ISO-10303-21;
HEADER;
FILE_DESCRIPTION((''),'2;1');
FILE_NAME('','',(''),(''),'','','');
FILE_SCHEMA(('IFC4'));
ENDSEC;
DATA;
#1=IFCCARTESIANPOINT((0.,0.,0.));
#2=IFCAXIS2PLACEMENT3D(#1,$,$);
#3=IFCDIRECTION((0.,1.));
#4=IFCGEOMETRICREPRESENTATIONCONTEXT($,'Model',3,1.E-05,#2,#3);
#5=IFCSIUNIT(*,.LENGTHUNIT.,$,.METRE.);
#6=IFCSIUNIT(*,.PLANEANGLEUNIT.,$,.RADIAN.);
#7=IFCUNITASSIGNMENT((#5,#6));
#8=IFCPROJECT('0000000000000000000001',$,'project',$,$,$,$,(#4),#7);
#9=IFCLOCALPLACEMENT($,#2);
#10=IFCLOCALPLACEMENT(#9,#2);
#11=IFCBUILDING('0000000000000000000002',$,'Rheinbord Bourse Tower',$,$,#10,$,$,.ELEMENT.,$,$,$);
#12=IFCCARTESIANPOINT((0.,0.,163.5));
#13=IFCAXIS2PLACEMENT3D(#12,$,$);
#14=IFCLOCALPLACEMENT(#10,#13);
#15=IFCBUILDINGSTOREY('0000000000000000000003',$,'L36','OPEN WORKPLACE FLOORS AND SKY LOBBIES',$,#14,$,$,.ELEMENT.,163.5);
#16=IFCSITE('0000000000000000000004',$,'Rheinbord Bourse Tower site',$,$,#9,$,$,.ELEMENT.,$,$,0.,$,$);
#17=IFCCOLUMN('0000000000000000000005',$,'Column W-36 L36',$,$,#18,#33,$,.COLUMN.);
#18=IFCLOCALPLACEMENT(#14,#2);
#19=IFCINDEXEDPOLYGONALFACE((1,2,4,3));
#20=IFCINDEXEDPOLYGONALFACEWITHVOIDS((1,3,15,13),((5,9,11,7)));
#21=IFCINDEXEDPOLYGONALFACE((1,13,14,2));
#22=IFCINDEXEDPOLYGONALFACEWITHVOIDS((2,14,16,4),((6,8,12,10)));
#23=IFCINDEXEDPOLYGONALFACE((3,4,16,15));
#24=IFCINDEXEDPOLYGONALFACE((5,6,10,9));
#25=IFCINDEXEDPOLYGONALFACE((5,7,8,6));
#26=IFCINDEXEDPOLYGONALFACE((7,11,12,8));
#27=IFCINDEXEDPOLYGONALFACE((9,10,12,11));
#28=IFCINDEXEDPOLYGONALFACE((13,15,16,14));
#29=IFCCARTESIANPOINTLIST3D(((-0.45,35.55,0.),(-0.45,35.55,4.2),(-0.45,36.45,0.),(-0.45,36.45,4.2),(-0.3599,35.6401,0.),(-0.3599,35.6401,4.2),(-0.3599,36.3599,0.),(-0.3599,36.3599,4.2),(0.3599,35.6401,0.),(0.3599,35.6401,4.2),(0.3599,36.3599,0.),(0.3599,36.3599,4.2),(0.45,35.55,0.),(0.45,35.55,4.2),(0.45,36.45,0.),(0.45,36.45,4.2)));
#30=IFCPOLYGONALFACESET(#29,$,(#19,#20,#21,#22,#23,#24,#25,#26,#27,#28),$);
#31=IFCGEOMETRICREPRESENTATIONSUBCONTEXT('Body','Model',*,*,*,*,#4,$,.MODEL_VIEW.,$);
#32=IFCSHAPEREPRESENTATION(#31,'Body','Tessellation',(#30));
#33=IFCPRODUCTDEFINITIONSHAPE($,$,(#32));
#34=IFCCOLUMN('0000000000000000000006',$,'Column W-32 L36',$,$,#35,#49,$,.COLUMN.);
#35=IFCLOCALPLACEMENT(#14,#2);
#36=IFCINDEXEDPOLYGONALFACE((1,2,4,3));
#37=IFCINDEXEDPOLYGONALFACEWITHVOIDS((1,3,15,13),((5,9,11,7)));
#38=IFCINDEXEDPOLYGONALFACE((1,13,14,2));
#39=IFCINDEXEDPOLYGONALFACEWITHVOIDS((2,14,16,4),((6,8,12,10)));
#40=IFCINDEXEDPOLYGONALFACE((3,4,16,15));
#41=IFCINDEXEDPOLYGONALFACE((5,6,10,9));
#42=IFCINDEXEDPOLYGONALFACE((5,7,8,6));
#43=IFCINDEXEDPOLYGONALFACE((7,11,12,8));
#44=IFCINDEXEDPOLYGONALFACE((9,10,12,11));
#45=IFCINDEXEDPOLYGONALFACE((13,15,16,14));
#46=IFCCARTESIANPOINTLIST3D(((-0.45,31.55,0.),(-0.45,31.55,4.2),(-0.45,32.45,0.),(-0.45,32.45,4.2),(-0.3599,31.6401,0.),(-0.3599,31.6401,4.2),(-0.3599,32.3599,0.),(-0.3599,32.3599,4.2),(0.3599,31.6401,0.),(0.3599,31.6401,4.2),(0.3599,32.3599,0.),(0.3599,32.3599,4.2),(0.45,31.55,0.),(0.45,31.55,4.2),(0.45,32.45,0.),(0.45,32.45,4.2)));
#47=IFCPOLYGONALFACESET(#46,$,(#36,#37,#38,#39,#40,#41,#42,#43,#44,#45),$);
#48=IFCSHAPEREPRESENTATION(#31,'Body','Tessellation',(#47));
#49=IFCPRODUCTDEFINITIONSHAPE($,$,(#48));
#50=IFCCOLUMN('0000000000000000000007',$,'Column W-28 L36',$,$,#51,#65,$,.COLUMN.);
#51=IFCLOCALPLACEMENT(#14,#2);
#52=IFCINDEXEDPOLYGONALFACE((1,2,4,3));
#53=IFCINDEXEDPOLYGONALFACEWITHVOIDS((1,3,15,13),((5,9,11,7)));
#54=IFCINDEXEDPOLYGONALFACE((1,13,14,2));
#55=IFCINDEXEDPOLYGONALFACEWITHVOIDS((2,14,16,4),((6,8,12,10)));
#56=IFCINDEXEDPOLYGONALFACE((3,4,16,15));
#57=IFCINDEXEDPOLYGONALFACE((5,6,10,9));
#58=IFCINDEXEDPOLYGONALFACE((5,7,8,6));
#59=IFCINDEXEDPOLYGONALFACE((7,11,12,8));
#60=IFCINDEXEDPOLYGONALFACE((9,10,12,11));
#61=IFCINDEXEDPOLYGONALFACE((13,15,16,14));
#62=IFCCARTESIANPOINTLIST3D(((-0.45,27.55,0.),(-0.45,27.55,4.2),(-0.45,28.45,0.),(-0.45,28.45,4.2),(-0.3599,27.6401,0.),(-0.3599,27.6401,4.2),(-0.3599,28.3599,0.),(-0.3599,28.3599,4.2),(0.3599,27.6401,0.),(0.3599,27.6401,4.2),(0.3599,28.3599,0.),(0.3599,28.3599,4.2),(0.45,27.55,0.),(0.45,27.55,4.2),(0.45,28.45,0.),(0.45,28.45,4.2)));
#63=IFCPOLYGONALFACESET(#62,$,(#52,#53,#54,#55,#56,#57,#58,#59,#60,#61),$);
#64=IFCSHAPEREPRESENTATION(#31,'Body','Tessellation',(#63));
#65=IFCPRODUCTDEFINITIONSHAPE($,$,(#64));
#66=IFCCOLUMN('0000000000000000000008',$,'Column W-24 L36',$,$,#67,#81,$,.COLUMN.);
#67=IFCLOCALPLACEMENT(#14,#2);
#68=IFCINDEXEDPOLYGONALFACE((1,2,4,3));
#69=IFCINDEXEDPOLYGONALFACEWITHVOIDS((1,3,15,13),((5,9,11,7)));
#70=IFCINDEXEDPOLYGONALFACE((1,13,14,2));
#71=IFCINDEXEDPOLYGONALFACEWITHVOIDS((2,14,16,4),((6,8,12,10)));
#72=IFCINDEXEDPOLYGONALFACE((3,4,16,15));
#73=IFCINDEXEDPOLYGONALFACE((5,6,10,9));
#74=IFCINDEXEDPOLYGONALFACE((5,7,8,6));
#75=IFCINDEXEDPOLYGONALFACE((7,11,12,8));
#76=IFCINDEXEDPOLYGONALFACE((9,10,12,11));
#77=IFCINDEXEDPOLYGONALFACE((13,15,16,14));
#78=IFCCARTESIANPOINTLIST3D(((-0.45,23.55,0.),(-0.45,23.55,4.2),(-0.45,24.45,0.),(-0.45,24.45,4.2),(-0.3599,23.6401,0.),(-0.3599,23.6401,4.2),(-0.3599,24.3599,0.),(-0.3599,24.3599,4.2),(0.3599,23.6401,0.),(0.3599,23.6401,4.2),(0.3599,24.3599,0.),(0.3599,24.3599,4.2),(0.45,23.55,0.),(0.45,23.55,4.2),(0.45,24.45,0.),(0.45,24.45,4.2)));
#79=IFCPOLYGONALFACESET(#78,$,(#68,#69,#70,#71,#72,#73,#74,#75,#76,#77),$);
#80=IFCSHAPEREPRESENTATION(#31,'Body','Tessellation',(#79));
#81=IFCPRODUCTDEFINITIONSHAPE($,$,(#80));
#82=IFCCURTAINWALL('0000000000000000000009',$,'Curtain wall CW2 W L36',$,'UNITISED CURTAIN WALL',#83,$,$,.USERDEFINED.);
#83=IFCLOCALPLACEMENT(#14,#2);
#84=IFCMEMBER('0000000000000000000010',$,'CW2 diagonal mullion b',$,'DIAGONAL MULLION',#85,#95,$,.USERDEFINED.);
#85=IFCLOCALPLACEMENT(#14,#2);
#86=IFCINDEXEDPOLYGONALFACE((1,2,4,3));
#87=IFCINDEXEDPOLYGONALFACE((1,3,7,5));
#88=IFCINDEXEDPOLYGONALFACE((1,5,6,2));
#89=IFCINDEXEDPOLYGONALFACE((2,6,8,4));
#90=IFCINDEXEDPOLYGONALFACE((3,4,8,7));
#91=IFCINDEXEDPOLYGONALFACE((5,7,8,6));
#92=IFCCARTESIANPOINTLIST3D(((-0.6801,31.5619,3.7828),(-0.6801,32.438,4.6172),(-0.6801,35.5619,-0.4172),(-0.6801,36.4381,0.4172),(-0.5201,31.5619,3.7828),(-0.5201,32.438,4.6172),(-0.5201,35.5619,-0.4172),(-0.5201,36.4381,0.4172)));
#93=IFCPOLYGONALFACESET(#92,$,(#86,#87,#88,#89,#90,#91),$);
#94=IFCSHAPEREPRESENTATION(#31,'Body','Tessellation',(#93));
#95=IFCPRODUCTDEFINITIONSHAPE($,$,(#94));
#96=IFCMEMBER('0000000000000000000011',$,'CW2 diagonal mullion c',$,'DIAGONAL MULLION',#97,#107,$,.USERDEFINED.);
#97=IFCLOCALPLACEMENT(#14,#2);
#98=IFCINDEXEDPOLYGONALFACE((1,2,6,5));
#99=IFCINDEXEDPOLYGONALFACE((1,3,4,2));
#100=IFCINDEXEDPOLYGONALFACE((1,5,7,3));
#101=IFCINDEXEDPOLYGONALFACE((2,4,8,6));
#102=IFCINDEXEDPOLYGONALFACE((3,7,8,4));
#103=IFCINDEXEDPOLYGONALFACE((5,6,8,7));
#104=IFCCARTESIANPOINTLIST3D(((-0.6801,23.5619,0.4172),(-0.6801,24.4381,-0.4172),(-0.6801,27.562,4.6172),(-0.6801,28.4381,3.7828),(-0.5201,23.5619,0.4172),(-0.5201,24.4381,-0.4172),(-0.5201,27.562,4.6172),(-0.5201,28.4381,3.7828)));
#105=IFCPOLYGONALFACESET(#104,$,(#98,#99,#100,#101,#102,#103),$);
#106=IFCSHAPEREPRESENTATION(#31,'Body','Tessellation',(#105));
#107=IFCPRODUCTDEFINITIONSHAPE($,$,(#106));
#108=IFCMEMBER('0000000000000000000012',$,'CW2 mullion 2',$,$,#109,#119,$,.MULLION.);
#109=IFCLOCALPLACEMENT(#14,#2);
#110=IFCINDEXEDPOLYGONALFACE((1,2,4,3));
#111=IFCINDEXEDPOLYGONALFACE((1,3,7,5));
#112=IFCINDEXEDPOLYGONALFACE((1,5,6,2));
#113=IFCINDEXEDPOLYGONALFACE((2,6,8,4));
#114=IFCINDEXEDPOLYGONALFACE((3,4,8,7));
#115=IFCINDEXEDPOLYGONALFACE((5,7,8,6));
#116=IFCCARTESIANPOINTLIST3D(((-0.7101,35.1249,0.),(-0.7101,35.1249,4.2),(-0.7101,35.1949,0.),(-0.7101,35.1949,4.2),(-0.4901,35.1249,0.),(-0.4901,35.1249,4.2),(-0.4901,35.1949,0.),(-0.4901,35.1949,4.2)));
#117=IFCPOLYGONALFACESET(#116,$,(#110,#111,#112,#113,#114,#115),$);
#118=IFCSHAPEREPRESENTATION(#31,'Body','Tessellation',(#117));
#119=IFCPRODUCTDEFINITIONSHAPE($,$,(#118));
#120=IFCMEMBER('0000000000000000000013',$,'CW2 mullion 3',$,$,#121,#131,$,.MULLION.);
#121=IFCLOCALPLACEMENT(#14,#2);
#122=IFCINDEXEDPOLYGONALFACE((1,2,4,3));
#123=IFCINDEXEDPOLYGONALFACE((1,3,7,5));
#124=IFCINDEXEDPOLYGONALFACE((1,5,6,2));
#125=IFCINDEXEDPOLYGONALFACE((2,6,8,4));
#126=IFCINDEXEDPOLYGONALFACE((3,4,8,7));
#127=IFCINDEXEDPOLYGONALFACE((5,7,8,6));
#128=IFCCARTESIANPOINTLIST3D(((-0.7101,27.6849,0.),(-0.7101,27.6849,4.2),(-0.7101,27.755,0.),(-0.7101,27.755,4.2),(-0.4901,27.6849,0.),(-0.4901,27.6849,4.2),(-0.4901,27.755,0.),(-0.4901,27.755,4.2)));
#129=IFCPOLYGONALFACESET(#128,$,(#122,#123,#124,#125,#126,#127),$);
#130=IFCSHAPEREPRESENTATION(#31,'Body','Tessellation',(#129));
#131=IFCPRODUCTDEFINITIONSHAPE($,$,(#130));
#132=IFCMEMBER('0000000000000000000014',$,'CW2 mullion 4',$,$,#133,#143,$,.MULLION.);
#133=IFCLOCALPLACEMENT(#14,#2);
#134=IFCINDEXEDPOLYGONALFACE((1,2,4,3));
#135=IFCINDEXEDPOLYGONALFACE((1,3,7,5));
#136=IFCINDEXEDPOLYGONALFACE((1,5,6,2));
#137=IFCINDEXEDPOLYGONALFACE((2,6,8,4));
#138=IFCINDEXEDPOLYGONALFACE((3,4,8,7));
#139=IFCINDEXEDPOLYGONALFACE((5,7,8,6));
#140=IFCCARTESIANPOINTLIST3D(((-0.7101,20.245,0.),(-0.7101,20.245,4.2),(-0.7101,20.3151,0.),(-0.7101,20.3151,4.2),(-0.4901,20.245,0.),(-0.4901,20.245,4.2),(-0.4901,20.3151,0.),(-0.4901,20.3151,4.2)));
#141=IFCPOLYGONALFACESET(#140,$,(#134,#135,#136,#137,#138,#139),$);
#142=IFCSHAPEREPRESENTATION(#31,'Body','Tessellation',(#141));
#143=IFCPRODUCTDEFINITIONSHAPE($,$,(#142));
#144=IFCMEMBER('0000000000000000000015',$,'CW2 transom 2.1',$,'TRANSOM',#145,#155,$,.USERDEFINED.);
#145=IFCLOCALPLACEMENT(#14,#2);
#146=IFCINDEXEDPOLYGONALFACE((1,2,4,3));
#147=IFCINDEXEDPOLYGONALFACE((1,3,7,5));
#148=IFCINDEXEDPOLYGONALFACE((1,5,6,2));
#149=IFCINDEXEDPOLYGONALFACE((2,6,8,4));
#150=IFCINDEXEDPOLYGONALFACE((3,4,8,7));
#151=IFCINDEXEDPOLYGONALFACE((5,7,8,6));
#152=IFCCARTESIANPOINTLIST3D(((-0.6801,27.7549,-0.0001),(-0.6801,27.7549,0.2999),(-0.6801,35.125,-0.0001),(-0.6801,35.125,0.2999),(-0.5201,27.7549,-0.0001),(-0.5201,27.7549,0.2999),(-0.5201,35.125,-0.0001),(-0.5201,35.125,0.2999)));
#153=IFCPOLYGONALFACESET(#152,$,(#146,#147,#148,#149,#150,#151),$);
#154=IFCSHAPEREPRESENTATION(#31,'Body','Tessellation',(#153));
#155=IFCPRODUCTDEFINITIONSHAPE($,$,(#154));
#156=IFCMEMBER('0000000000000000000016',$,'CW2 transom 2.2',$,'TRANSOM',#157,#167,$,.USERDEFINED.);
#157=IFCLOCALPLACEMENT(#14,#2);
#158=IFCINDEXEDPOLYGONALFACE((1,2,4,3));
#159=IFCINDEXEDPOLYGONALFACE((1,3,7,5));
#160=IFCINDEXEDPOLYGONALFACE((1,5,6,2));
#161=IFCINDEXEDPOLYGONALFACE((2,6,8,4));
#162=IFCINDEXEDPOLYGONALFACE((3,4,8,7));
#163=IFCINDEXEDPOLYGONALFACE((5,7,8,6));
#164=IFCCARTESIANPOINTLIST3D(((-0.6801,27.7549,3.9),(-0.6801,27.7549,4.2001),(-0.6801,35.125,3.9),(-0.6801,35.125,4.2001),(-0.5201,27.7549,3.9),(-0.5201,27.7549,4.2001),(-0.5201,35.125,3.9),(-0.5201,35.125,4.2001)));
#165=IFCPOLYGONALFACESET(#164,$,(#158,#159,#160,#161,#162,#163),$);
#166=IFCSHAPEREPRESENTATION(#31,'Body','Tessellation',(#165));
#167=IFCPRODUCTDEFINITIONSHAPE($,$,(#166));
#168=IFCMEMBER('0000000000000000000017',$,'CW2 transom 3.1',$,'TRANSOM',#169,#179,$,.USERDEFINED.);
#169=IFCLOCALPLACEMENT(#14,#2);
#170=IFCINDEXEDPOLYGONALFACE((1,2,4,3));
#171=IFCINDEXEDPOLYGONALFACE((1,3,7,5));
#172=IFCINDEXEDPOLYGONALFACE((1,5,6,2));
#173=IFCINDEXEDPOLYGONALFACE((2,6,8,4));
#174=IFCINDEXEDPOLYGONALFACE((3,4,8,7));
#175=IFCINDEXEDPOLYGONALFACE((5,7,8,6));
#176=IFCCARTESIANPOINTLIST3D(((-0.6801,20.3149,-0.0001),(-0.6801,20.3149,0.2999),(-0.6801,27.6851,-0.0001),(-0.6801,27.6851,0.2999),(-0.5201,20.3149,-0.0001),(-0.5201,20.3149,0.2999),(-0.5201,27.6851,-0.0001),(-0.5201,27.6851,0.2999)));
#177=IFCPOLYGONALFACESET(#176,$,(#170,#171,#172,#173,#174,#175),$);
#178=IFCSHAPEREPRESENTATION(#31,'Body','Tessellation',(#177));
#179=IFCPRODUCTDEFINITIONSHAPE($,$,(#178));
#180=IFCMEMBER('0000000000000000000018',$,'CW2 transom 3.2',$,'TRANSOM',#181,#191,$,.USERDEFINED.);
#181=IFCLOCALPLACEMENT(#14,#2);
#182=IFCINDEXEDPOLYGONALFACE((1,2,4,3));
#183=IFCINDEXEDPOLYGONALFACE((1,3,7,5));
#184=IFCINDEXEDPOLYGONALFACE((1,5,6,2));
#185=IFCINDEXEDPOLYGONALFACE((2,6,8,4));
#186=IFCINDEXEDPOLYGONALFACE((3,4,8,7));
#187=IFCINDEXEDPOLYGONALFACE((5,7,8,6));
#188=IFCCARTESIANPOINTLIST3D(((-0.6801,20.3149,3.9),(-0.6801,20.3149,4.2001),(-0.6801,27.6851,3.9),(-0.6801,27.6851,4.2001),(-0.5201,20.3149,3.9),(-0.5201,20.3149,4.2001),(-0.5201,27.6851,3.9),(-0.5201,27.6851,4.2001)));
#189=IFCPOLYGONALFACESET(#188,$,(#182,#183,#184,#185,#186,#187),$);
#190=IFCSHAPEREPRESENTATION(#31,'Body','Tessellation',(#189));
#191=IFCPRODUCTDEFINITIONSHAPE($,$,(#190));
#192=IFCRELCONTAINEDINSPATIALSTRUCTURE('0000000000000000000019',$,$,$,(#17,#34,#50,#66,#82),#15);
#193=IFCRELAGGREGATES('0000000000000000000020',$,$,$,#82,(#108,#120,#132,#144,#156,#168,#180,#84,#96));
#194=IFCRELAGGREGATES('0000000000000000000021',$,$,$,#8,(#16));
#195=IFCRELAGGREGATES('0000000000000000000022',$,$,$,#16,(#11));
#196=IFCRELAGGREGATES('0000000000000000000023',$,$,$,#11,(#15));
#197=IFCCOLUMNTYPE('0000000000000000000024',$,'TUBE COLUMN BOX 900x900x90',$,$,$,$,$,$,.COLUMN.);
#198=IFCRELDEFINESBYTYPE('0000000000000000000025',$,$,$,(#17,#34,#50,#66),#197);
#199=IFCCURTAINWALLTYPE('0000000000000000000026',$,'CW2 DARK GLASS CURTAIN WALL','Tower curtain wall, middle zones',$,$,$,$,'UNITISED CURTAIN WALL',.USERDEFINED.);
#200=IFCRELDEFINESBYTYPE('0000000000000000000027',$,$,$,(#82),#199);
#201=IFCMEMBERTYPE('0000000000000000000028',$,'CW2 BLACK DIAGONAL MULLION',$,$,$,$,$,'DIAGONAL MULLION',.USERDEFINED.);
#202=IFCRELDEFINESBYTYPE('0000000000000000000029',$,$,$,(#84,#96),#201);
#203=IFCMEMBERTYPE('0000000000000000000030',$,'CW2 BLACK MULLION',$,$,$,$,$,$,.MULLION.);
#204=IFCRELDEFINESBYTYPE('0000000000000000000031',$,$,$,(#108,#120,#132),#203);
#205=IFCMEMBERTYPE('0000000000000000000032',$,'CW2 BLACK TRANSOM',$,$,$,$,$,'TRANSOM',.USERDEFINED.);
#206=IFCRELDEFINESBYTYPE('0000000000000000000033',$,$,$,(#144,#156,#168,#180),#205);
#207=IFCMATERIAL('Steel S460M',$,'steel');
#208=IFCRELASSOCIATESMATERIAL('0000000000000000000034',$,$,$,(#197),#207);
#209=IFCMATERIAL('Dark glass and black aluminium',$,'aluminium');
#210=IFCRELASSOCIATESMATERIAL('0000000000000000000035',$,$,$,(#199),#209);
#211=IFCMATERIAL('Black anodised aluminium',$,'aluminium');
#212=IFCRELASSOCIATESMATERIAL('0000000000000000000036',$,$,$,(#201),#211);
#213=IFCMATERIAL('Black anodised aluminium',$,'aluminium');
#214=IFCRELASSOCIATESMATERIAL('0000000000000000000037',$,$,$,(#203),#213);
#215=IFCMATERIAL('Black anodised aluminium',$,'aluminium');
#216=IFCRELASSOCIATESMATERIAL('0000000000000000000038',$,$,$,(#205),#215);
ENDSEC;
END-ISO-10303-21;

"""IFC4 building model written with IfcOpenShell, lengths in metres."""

from ifc_helpers import new_model, si_unit, direction, frame, origin, origin_2d, place, context, subcontext, project, spatial, rectangle, hollow_rectangle, extrude, material, material_profile, profile_set, type_object, element, aggregate, save


model = new_model("IFC4")

# Units and contexts
model_context = context("Model", 3, precision=1e-05, world=origin(), true_north=direction((0.0, 1.0)))
body_context = subcontext(model_context, "Body", "Model", "MODEL_VIEW")
ifc_project = project(units=[si_unit("LENGTHUNIT", "METRE"), si_unit("PLANEANGLEUNIT", "RADIAN")], contexts=[model_context])

# Site, building, storey
site_placement = place(None, origin())
site = spatial("IfcSite", under=ifc_project, at=site_placement, Name="Rheinbord Bourse Tower site", CompositionType="ELEMENT", RefElevation=0.0)
building_placement = place(site_placement, origin())
building = spatial("IfcBuilding", under=site, at=building_placement, Name="Rheinbord Bourse Tower", CompositionType="ELEMENT")
storey_placement = place(building_placement, frame((0.0, 0.0, 163.5)))
storey = spatial("IfcBuildingStorey", under=building, at=storey_placement, Name="L36", Description="OPEN WORKPLACE FLOORS AND SKY LOBBIES", CompositionType="ELEMENT", Elevation=163.5)

# Columns
ifc_material_1 = material(Name="Steel S460M", Category="steel")
ifc_material_profile_1 = material_profile(ifc_material_1, hollow_rectangle(XDim=0.8999, YDim=0.8999, WallThickness=0.0901, at=origin_2d()), Name="BOX 900x900x90")
ifc_profile_set_1 = profile_set([ifc_material_profile_1], Name="Steel S460M")
column_type = type_object("IfcColumnType", Name="TUBE COLUMN BOX 900x900x90", PredefinedType="COLUMN", material=ifc_profile_set_1)
for number, where, z_axis, x_axis, name in (
    (1, (0.0, 36.0, 0.0), (0.0, 0.0, 1.0), (1.0, 0.0, 0.0), "Column W-36 L36"),
    (2, (0.0, 32.0, 0.0), (0.0, 0.0, 1.0), (1.0, 0.0, 0.0), "Column W-32 L36"),
    (3, (0.0, 28.0, 0.0), (0.0, 0.0, 1.0), (1.0, 0.0, 0.0), "Column W-28 L36"),
    (4, (0.0, 24.0, 0.0), (0.0, 0.0, 1.0), (1.0, 0.0, 0.0), "Column W-24 L36"),
):
    element("IfcColumn", number, at=place(storey_placement, frame(where, z_axis=z_axis, x_axis=x_axis)), inside=storey, type_object=column_type, Name=name, PredefinedType="COLUMN", context=body_context, shape_type="SweptSolid", body=[
        extrude(hollow_rectangle(XDim=0.8999, YDim=0.8999, WallThickness=0.0901, at=origin_2d()), origin(), (0.0, 0.0, 1.0), 4.2),
    ])

# Curtain wall, members
ifc_material_2 = material(Name="Dark glass and black aluminium", Category="aluminium")
curtain_wall_type = type_object("IfcCurtainWallType", Name="CW2 DARK GLASS CURTAIN WALL", Description="Tower curtain wall, middle zones", ElementType="UNITISED CURTAIN WALL", PredefinedType="USERDEFINED", material=ifc_material_2)
curtain_wall_placement = place(storey_placement, origin())
curtain_wall = element("IfcCurtainWall", 5, at=curtain_wall_placement, inside=storey, type_object=curtain_wall_type, Name="Curtain wall CW2 W L36", ObjectType="UNITISED CURTAIN WALL", PredefinedType="USERDEFINED")
ifc_material_3 = material(Name="Black anodised aluminium", Category="aluminium")
ifc_material_profile_2 = material_profile(ifc_material_3, rectangle(XDim=0.1599, YDim=1.21, at=origin_2d()), Name="CW2 DIAGONAL MULLION 1210x160")
ifc_profile_set_2 = profile_set([ifc_material_profile_2], Name="Black anodised aluminium")
member_type_1 = type_object("IfcMemberType", Name="CW2 BLACK DIAGONAL MULLION", ElementType="DIAGONAL MULLION", PredefinedType="USERDEFINED", material=ifc_profile_set_2)
member_1_placement = place(storey_placement, frame((-0.6001, 36.0, 0.0), z_axis=(0.0, -0.689659, 0.724134), x_axis=(1.0, 0.0, 0.0)))
member_1 = element("IfcMember", 6, at=member_1_placement, type_object=member_type_1, Name="CW2 diagonal mullion b", ObjectType="DIAGONAL MULLION", PredefinedType="USERDEFINED", context=body_context, shape_type="SweptSolid", body=[
    extrude(rectangle(XDim=0.1599, YDim=1.21, at=origin_2d()), origin(), (0.0, 0.0, 1.0), 5.8),
])
member_2_placement = place(storey_placement, frame((-0.6001, 24.0, 0.0), z_axis=(0.0, 0.689659, 0.724134), x_axis=(-1.0, 0.0, 0.0)))
member_2 = element("IfcMember", 7, at=member_2_placement, type_object=member_type_1, Name="CW2 diagonal mullion c", ObjectType="DIAGONAL MULLION", PredefinedType="USERDEFINED", context=body_context, shape_type="SweptSolid", body=[
    extrude(rectangle(XDim=0.1599, YDim=1.21, at=origin_2d()), origin(), (0.0, 0.0, 1.0), 5.8),
])
ifc_material_4 = material(Name="Black anodised aluminium", Category="aluminium")
ifc_material_profile_3 = material_profile(ifc_material_4, rectangle(XDim=0.22, YDim=0.0701, at=origin_2d()), Name="CW2 MULLION 70x220")
ifc_profile_set_3 = profile_set([ifc_material_profile_3], Name="Black anodised aluminium")
member_type_2 = type_object("IfcMemberType", Name="CW2 BLACK MULLION", PredefinedType="MULLION", material=ifc_profile_set_3)
member_3_placement = place(storey_placement, frame((-0.6001, 35.1599, 0.0), z_axis=(0.0, 0.0, 1.0), x_axis=(1.0, 0.0, 0.0)))
member_3 = element("IfcMember", 8, at=member_3_placement, type_object=member_type_2, Name="CW2 mullion 2", PredefinedType="MULLION", context=body_context, shape_type="SweptSolid", body=[
    extrude(rectangle(XDim=0.22, YDim=0.0701, at=origin_2d()), origin(), (0.0, 0.0, 1.0), 4.2),
])
member_4_placement = place(storey_placement, frame((-0.6001, 27.72, 0.0), z_axis=(0.0, 0.0, 1.0), x_axis=(1.0, 0.0, 0.0)))
member_4 = element("IfcMember", 9, at=member_4_placement, type_object=member_type_2, Name="CW2 mullion 3", PredefinedType="MULLION", context=body_context, shape_type="SweptSolid", body=[
    extrude(rectangle(XDim=0.22, YDim=0.0701, at=origin_2d()), origin(), (0.0, 0.0, 1.0), 4.2),
])
member_5_placement = place(storey_placement, frame((-0.6001, 20.28, 0.0), z_axis=(0.0, 0.0, 1.0), x_axis=(1.0, 0.0, 0.0)))
member_5 = element("IfcMember", 10, at=member_5_placement, type_object=member_type_2, Name="CW2 mullion 4", PredefinedType="MULLION", context=body_context, shape_type="SweptSolid", body=[
    extrude(rectangle(XDim=0.22, YDim=0.0701, at=origin_2d()), origin(), (0.0, 0.0, 1.0), 4.2),
])
ifc_material_5 = material(Name="Black anodised aluminium", Category="aluminium")
ifc_material_profile_4 = material_profile(ifc_material_5, rectangle(XDim=0.1599, YDim=0.3, at=origin_2d()), Name="CW2 TRANSOM 300x160")
ifc_profile_set_4 = profile_set([ifc_material_profile_4], Name="Black anodised aluminium")
member_type_3 = type_object("IfcMemberType", Name="CW2 BLACK TRANSOM", ElementType="TRANSOM", PredefinedType="USERDEFINED", material=ifc_profile_set_4)
member_6_placement = place(storey_placement, frame((-0.6001, 35.125, 0.1499), z_axis=(0.0, -1.0, 0.0), x_axis=(1.0, 0.0, 0.0)))
member_6 = element("IfcMember", 11, at=member_6_placement, type_object=member_type_3, Name="CW2 transom 2.1", ObjectType="TRANSOM", PredefinedType="USERDEFINED", context=body_context, shape_type="SweptSolid", body=[
    extrude(rectangle(XDim=0.1599, YDim=0.3, at=origin_2d()), origin(), (0.0, 0.0, 1.0), 7.3701),
])
member_7_placement = place(storey_placement, frame((-0.6001, 35.125, 4.05), z_axis=(0.0, -1.0, 0.0), x_axis=(1.0, 0.0, 0.0)))
member_7 = element("IfcMember", 12, at=member_7_placement, type_object=member_type_3, Name="CW2 transom 2.2", ObjectType="TRANSOM", PredefinedType="USERDEFINED", context=body_context, shape_type="SweptSolid", body=[
    extrude(rectangle(XDim=0.1599, YDim=0.3, at=origin_2d()), origin(), (0.0, 0.0, 1.0), 7.3701),
])
member_8_placement = place(storey_placement, frame((-0.6001, 27.6851, 0.1499), z_axis=(0.0, -1.0, 0.0), x_axis=(1.0, 0.0, 0.0)))
member_8 = element("IfcMember", 13, at=member_8_placement, type_object=member_type_3, Name="CW2 transom 3.1", ObjectType="TRANSOM", PredefinedType="USERDEFINED", context=body_context, shape_type="SweptSolid", body=[
    extrude(rectangle(XDim=0.1599, YDim=0.3, at=origin_2d()), origin(), (0.0, 0.0, 1.0), 7.3701),
])
member_9_placement = place(storey_placement, frame((-0.6001, 27.6851, 4.05), z_axis=(0.0, -1.0, 0.0), x_axis=(1.0, 0.0, 0.0)))
member_9 = element("IfcMember", 14, at=member_9_placement, type_object=member_type_3, Name="CW2 transom 3.2", ObjectType="TRANSOM", PredefinedType="USERDEFINED", context=body_context, shape_type="SweptSolid", body=[
    extrude(rectangle(XDim=0.1599, YDim=0.3, at=origin_2d()), origin(), (0.0, 0.0, 1.0), 7.3701),
])

aggregate(curtain_wall, [member_3, member_4, member_5, member_6, member_7, member_8, member_9, member_1, member_2])

save(model, "model.ifc")
